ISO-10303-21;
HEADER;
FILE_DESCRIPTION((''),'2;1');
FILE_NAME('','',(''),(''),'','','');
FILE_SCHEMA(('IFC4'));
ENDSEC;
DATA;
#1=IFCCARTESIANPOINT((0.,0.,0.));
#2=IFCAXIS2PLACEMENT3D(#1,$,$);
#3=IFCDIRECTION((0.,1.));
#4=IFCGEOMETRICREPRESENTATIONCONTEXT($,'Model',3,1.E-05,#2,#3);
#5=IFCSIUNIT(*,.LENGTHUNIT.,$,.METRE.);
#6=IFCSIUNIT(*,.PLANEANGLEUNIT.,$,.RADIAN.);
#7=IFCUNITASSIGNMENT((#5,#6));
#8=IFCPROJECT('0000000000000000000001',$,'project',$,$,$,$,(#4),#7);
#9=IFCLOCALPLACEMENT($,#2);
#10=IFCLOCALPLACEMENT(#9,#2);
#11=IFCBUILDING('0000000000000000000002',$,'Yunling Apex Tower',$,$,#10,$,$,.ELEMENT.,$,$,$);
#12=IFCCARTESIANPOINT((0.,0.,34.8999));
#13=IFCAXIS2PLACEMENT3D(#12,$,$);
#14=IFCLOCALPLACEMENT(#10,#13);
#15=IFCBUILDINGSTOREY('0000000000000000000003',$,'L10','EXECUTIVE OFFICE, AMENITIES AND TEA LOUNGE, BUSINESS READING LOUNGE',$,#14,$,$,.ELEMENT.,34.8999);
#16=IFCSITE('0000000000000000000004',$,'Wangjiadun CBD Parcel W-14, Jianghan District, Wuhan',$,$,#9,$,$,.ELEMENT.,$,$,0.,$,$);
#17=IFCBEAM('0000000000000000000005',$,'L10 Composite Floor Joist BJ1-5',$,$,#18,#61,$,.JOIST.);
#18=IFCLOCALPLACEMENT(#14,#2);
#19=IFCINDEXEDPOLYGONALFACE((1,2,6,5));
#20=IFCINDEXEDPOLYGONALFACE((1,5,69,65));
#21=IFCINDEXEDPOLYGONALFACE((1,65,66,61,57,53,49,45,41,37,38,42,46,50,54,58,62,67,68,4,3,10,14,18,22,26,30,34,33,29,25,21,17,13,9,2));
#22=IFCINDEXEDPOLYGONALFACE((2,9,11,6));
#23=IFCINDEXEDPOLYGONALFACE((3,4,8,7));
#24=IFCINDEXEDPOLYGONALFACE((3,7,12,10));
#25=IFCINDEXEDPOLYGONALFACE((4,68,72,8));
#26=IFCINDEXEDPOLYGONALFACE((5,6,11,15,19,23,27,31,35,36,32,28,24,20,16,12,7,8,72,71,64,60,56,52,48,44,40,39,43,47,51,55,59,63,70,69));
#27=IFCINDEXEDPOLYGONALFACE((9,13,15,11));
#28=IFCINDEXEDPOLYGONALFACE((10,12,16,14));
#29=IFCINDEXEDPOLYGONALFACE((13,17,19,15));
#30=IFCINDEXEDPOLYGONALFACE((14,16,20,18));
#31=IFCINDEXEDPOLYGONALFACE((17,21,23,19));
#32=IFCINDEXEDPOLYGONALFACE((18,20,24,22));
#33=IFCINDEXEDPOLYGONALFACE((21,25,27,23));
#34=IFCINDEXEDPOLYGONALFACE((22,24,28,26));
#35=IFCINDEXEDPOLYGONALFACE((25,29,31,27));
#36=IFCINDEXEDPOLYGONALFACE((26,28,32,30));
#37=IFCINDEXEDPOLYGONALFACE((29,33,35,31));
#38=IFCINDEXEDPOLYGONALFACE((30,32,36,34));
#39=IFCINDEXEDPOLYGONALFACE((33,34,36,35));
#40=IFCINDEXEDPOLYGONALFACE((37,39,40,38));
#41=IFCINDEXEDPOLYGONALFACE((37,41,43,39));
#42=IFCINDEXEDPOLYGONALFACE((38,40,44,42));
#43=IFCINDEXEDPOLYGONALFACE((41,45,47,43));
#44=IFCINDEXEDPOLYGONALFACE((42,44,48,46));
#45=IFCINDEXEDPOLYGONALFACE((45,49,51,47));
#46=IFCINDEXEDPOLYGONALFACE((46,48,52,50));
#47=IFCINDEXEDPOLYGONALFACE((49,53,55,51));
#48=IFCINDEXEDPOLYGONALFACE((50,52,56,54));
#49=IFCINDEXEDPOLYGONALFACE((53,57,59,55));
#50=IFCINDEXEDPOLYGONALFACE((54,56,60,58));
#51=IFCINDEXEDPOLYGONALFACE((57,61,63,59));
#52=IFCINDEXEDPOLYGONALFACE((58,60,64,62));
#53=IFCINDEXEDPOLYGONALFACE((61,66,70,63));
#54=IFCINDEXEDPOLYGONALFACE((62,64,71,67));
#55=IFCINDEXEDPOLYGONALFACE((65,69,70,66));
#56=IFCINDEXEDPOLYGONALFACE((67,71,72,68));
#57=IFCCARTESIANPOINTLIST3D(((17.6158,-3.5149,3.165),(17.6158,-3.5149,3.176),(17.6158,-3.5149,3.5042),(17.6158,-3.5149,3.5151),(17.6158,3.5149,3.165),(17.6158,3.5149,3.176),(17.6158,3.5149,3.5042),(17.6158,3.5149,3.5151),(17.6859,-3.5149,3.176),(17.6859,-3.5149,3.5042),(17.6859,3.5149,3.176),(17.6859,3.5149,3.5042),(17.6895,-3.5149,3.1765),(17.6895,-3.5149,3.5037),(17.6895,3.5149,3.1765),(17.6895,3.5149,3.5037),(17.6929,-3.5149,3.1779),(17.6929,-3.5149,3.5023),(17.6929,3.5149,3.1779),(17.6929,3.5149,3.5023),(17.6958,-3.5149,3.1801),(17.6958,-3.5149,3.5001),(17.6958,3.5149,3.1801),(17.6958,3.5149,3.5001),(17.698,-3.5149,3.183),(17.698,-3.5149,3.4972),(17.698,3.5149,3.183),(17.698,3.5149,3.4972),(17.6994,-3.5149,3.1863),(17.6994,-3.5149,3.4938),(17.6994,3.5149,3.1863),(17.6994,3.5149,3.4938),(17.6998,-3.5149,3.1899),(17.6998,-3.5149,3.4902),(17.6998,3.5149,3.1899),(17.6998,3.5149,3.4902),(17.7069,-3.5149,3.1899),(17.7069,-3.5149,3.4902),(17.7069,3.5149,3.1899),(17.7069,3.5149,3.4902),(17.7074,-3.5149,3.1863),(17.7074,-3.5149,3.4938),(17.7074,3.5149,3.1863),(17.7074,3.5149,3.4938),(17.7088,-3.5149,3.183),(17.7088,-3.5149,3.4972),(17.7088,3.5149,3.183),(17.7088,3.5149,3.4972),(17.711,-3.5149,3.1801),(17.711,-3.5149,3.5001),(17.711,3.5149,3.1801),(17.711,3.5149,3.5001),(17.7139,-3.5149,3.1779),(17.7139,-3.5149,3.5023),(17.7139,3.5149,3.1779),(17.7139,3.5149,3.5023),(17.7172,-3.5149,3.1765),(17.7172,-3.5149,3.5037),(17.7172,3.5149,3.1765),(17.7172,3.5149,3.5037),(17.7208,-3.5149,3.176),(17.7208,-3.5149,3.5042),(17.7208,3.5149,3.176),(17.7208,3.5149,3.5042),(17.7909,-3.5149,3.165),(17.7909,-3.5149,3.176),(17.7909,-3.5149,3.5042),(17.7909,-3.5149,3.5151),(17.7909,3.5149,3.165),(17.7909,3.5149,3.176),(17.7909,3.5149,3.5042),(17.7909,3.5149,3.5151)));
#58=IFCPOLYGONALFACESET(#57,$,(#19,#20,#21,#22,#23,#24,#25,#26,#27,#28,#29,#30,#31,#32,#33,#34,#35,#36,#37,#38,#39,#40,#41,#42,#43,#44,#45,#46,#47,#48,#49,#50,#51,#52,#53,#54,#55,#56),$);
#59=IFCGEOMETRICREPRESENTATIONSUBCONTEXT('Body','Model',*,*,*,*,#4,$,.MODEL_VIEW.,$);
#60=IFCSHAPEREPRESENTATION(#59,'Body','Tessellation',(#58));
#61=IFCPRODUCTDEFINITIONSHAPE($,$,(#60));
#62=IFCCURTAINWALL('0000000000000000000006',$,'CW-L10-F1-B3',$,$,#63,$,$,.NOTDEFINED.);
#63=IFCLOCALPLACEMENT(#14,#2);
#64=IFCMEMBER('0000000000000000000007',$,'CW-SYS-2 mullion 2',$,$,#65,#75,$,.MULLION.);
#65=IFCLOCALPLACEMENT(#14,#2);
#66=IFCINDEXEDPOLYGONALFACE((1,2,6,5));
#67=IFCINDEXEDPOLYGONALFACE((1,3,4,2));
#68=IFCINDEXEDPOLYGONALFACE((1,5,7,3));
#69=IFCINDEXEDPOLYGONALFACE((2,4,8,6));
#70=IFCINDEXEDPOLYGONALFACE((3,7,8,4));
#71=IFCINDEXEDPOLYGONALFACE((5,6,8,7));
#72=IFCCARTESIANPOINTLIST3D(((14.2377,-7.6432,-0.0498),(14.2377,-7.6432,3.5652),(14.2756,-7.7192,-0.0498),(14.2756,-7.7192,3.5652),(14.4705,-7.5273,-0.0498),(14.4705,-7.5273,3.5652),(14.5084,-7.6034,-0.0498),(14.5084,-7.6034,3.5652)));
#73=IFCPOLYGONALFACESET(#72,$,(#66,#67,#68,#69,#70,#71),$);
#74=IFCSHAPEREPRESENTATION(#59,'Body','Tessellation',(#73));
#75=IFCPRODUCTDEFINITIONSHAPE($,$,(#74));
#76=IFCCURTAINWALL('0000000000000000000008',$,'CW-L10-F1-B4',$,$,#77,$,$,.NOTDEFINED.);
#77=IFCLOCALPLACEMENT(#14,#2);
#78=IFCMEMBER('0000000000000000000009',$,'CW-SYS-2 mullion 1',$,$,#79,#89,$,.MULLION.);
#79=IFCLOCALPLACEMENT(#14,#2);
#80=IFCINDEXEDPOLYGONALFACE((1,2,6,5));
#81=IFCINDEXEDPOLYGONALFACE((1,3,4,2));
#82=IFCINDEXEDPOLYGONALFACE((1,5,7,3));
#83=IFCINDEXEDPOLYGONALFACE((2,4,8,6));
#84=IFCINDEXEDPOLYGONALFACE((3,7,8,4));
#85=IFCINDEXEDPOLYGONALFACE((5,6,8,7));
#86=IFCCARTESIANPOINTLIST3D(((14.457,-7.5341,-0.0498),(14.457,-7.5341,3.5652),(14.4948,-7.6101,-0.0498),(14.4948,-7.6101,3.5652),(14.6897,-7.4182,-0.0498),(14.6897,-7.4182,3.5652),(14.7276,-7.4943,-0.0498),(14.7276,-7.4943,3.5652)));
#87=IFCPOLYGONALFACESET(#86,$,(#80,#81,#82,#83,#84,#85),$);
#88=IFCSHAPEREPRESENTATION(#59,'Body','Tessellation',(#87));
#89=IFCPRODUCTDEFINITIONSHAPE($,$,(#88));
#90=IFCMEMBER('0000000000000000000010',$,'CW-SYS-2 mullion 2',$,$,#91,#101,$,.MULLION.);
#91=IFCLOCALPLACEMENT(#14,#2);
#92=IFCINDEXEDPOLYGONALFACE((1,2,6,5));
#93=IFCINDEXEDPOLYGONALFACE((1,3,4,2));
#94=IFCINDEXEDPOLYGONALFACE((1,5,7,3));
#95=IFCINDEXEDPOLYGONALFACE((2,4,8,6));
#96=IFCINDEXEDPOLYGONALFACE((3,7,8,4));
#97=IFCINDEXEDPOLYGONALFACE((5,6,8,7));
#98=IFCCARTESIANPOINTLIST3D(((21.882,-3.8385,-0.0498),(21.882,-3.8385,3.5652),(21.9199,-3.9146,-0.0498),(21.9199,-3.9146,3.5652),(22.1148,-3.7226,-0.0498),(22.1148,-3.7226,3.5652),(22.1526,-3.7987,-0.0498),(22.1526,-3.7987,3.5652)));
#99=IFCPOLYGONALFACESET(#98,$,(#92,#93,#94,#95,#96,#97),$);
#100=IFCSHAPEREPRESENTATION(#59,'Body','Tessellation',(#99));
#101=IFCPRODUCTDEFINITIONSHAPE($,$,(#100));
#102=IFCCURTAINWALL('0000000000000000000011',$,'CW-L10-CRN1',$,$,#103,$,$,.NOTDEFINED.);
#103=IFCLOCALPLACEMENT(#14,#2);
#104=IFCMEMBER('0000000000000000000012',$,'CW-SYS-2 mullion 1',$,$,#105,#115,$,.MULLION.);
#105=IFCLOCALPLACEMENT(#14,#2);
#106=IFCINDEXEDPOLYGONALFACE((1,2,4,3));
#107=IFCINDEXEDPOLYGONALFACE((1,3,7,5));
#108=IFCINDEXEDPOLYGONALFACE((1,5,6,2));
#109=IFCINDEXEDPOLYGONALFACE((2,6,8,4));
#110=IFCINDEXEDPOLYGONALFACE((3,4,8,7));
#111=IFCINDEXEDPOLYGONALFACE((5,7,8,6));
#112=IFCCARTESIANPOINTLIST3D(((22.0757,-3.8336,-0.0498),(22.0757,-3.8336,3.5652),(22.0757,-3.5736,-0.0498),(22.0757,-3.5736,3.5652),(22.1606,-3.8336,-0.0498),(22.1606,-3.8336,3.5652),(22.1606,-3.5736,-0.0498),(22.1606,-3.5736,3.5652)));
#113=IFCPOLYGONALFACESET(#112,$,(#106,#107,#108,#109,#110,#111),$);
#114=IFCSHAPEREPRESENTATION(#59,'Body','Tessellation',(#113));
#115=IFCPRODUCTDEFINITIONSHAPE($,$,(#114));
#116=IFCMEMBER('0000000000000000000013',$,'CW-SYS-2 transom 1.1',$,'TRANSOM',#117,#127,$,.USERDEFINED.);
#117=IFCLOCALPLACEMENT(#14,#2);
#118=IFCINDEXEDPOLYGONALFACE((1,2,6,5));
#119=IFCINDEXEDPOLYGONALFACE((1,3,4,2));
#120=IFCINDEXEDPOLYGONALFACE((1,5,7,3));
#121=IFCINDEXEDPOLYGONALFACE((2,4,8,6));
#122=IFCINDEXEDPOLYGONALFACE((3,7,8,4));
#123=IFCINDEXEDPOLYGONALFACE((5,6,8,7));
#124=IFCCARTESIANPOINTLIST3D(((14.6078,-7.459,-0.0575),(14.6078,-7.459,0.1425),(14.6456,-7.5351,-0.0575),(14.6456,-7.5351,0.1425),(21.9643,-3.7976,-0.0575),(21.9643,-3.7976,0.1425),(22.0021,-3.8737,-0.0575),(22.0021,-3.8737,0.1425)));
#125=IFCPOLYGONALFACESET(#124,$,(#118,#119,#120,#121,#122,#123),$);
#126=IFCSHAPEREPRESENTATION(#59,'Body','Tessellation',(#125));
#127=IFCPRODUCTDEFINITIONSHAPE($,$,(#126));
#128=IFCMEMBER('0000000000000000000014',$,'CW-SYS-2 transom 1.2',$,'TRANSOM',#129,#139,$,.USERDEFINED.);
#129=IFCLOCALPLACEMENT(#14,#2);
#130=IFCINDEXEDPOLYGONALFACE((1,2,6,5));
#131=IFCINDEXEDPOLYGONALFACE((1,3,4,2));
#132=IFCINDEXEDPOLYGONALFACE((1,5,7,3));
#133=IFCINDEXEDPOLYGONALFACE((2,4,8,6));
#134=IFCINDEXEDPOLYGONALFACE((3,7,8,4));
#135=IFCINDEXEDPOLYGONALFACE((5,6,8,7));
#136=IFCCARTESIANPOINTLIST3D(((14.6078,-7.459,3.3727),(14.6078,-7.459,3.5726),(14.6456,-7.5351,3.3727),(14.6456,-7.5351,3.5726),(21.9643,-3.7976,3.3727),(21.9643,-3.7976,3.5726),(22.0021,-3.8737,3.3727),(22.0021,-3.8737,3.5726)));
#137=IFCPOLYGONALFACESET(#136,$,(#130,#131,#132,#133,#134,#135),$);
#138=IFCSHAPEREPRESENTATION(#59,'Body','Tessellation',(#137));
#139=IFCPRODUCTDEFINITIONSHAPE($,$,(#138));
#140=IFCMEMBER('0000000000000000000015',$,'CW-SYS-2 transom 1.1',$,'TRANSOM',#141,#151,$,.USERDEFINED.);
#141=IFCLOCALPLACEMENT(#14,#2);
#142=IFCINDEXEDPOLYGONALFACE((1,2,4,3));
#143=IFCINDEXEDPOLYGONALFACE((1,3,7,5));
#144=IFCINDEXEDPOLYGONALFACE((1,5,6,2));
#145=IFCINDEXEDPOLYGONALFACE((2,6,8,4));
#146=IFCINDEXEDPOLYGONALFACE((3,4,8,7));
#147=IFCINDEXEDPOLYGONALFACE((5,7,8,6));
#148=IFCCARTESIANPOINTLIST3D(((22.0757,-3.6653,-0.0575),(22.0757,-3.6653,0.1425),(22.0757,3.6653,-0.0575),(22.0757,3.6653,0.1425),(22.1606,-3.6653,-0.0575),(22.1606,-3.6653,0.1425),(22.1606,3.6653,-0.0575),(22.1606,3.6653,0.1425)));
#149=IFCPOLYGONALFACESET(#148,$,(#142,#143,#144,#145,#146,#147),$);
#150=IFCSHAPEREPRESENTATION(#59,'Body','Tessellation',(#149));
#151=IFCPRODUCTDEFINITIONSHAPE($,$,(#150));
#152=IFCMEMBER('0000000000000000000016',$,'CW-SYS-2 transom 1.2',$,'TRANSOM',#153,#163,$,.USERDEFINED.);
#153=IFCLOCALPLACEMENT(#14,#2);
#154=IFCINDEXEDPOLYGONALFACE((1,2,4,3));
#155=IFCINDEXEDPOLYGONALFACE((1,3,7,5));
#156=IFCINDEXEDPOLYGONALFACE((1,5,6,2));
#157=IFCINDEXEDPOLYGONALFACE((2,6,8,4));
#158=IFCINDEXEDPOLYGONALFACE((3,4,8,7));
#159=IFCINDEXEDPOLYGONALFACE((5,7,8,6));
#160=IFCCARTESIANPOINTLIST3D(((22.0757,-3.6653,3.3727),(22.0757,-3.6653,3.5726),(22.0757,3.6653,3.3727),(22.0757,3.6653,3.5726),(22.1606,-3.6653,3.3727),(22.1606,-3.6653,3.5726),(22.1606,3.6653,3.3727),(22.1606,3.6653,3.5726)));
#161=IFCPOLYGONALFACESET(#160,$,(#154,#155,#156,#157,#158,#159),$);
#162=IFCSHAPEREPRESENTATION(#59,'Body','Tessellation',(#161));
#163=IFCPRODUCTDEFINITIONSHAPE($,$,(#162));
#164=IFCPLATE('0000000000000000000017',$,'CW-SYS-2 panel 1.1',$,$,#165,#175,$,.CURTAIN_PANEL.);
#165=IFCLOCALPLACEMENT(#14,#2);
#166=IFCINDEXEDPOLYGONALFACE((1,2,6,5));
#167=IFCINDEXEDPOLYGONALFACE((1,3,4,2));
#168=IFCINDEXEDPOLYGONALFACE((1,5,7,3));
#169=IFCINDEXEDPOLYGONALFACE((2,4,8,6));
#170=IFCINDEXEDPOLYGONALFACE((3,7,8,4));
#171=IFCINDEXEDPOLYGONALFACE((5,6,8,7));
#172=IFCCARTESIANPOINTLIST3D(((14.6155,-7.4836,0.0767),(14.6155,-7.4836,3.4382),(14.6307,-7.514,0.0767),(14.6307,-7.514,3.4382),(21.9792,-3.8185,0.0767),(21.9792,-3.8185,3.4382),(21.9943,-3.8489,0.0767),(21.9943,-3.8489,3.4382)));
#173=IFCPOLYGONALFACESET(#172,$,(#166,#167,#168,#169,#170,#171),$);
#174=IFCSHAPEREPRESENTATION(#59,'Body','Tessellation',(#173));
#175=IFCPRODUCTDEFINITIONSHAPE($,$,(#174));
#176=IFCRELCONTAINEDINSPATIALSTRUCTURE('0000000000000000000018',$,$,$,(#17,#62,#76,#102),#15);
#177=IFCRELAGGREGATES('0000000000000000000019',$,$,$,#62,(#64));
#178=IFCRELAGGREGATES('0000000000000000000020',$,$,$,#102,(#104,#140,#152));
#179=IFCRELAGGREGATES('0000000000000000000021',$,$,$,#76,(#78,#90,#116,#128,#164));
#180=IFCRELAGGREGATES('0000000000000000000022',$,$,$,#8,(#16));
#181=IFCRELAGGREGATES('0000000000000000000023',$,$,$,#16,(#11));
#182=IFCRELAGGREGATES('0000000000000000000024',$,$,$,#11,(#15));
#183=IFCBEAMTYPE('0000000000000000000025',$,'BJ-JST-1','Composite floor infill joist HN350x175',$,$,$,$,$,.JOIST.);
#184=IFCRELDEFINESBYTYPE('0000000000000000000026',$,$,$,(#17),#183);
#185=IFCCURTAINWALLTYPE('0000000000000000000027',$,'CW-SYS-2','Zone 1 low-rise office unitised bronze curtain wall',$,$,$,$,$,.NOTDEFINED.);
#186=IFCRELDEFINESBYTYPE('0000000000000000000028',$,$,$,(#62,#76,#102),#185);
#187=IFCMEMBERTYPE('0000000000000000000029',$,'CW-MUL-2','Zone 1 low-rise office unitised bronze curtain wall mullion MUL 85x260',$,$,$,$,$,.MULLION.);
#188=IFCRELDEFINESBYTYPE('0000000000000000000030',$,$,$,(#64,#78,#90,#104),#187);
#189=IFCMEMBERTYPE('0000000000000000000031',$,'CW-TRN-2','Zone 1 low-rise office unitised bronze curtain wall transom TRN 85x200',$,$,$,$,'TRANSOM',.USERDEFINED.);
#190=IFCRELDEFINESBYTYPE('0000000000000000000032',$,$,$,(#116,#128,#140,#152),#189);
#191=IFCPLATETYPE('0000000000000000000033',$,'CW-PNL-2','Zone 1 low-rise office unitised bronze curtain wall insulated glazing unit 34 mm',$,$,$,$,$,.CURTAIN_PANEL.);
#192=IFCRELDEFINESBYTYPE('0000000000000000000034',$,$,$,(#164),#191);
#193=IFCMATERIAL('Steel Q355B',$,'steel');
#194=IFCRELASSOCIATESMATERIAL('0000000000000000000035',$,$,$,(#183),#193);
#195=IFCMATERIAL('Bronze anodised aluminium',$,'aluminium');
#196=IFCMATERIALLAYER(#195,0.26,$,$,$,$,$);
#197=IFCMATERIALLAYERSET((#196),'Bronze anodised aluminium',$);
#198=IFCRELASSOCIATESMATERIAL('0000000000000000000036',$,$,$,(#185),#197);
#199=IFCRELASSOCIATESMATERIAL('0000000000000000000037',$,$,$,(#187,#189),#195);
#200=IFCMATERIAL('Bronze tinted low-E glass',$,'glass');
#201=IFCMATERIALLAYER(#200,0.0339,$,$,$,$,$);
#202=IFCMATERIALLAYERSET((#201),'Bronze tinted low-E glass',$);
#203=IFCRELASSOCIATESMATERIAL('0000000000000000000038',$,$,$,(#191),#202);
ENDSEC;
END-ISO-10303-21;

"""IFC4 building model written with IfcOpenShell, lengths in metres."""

from ifc_helpers import new_model, si_unit, direction, frame, origin, origin_2d, place, context, subcontext, project, spatial, rectangle, i_section, extrude, source, transform, mapped, material, layer, layer_set, material_profile, profile_set, type_object, element, aggregate, save


model = new_model("IFC4")

# Units and contexts
model_context = context("Model", 3, precision=1e-05, world=origin(), true_north=direction((0.0, 1.0)))
body_context = subcontext(model_context, "Body", "Model", "MODEL_VIEW")
ifc_project = project(units=[si_unit("LENGTHUNIT", "METRE"), si_unit("PLANEANGLEUNIT", "RADIAN")], contexts=[model_context])

# Site, building, storey
site_placement = place(None, origin())
site = spatial("IfcSite", under=ifc_project, at=site_placement, Name="Wangjiadun CBD Parcel W-14, Jianghan District, Wuhan", CompositionType="ELEMENT", RefElevation=0.0)
building_placement = place(site_placement, origin())
building = spatial("IfcBuilding", under=site, at=building_placement, Name="Yunling Apex Tower", CompositionType="ELEMENT")
storey_placement = place(building_placement, frame((0.0, 0.0, 34.8999)))
storey = spatial("IfcBuildingStorey", under=building, at=storey_placement, Name="L10", Description="EXECUTIVE OFFICE, AMENITIES AND TEA LOUNGE, BUSINESS READING LOUNGE", CompositionType="ELEMENT", Elevation=34.8999)

# Beam
ifc_material_1 = material(Name="Steel Q355B", Category="steel")
ifc_material_profile_1 = material_profile(ifc_material_1, i_section(OverallWidth=0.175, OverallDepth=0.3501, WebThickness=0.0071, FlangeThickness=0.011, FilletRadius=0.0139, at=origin_2d()))
ifc_profile_set_1 = profile_set([ifc_material_profile_1], Name="Steel Q355B")
beam_type_1 = type_object("IfcBeamType", Name="BJ-JST-1", Description="Composite floor infill joist HN350x175", PredefinedType="JOIST", material=ifc_profile_set_1)
shared_shape_1 = source(origin(), body_context, "Body", "SweptSolid", [
    extrude(i_section(OverallWidth=0.175, OverallDepth=0.3501, WebThickness=0.0071, FlangeThickness=0.011, FilletRadius=0.0139, at=origin_2d()), origin(), (0.0, 0.0, 1.0), 7.0298),
])
beam_1_placement = place(storey_placement, frame((17.7034, -3.5149, 3.3401), z_axis=(0.0, 1.0, 0.0), x_axis=(-1.0, 0.0, 0.0)))
element("IfcBeam", 1, at=beam_1_placement, inside=storey, type_object=beam_type_1, Name="L10 Composite Floor Joist BJ1-5", PredefinedType="JOIST", context=body_context, shape_type="MappedRepresentation", body=[
    mapped(shared_shape_1, transform((0.0, 0.0, 0.0), scale=1.0)),
])

# Curtain wall, member
ifc_material_2 = material(Name="Bronze anodised aluminium", Category="aluminium")
ifc_layer_1 = layer(ifc_material_2, 0.26)
ifc_layer_set_1 = layer_set([ifc_layer_1], Name="Bronze anodised aluminium")
curtain_wall_type = type_object("IfcCurtainWallType", Name="CW-SYS-2", Description="Zone 1 low-rise office unitised bronze curtain wall", PredefinedType="NOTDEFINED", material=ifc_layer_set_1)
curtain_wall_1_placement = place(storey_placement, origin())
curtain_wall_1 = element("IfcCurtainWall", 2, at=curtain_wall_1_placement, inside=storey, type_object=curtain_wall_type, Name="CW-L10-F1-B3", PredefinedType="NOTDEFINED")
ifc_material_profile_2 = material_profile(ifc_material_2, rectangle(XDim=0.085, YDim=0.26, at=origin_2d()))
ifc_profile_set_2 = profile_set([ifc_material_profile_2], Name="Bronze anodised aluminium")
member_type_1 = type_object("IfcMemberType", Name="CW-MUL-2", Description="Zone 1 low-rise office unitised bronze curtain wall mullion MUL 85x260", PredefinedType="MULLION", material=ifc_profile_set_2)
shared_shape_2 = source(origin(), body_context, "Body", "SweptSolid", [
    extrude(rectangle(XDim=0.085, YDim=0.26, at=origin_2d()), origin(), (0.0, 0.0, 1.0), 3.615),
])
member_1_placement = place(storey_placement, frame((14.373, -7.6233, -0.0498), z_axis=(0.0, 0.0, 1.0), x_axis=(-0.445571, 0.895247, 0.0)))
member_1 = element("IfcMember", 3, at=member_1_placement, type_object=member_type_1, Name="CW-SYS-2 mullion 2", PredefinedType="MULLION", context=body_context, shape_type="MappedRepresentation", body=[
    mapped(shared_shape_2, transform((0.0, 0.0, 0.0), scale=1.0)),
])
aggregate(curtain_wall_1, [member_1])

# Curtain wall, members
curtain_wall_2_placement = place(storey_placement, origin())
curtain_wall_2 = element("IfcCurtainWall", 4, at=curtain_wall_2_placement, inside=storey, type_object=curtain_wall_type, Name="CW-L10-F1-B4", PredefinedType="NOTDEFINED")
member_2_placement = place(storey_placement, frame((14.5923, -7.5142, -0.0498), z_axis=(0.0, 0.0, 1.0), x_axis=(-0.44558, 0.895242, 0.0)))
member_2 = element("IfcMember", 5, at=member_2_placement, type_object=member_type_1, Name="CW-SYS-2 mullion 1", PredefinedType="MULLION", context=body_context, shape_type="MappedRepresentation", body=[
    mapped(shared_shape_2, transform((0.0, 0.0, 0.0), scale=1.0)),
])
member_3_placement = place(storey_placement, frame((22.0173, -3.8186, -0.0498), z_axis=(0.0, 0.0, 1.0), x_axis=(-0.44558, 0.895242, 0.0)))
member_3 = element("IfcMember", 6, at=member_3_placement, type_object=member_type_1, Name="CW-SYS-2 mullion 2", PredefinedType="MULLION", context=body_context, shape_type="MappedRepresentation", body=[
    mapped(shared_shape_2, transform((0.0, 0.0, 0.0), scale=1.0)),
])

# Curtain wall, member
curtain_wall_3_placement = place(storey_placement, origin())
curtain_wall_3 = element("IfcCurtainWall", 7, at=curtain_wall_3_placement, inside=storey, type_object=curtain_wall_type, Name="CW-L10-CRN1", PredefinedType="NOTDEFINED")
member_4_placement = place(storey_placement, frame((22.1182, -3.7036, -0.0498), z_axis=(0.0, 0.0, 1.0), x_axis=(-1.0, 0.0, 0.0)))
member_4 = element("IfcMember", 8, at=member_4_placement, type_object=member_type_1, Name="CW-SYS-2 mullion 1", PredefinedType="MULLION", context=body_context, shape_type="MappedRepresentation", body=[
    mapped(shared_shape_2, transform((0.0, 0.0, 0.0), scale=1.0)),
])

# Members
ifc_material_profile_3 = material_profile(ifc_material_2, rectangle(XDim=0.085, YDim=0.2, at=origin_2d()))
ifc_profile_set_3 = profile_set([ifc_material_profile_3], Name="Bronze anodised aluminium")
member_type_2 = type_object("IfcMemberType", Name="CW-TRN-2", Description="Zone 1 low-rise office unitised bronze curtain wall transom TRN 85x200", ElementType="TRANSOM", PredefinedType="USERDEFINED", material=ifc_profile_set_3)
shared_shape_3 = source(origin(), body_context, "Body", "SweptSolid", [
    extrude(rectangle(XDim=0.085, YDim=0.2, at=origin_2d()), origin(), (0.0, 0.0, 1.0), 8.2173),
])
member_5_placement = place(storey_placement, frame((14.6267, -7.4971, 0.0425), z_axis=(0.895246, 0.445573, 0.0), x_axis=(-0.445573, 0.895246, 0.0)))
member_5 = element("IfcMember", 9, at=member_5_placement, type_object=member_type_2, Name="CW-SYS-2 transom 1.1", ObjectType="TRANSOM", PredefinedType="USERDEFINED", context=body_context, shape_type="MappedRepresentation", body=[
    mapped(shared_shape_3, transform((0.0, 0.0, 0.0), scale=1.0)),
])
member_6_placement = place(storey_placement, frame((14.6267, -7.4971, 3.4727), z_axis=(0.895246, 0.445573, 0.0), x_axis=(-0.445573, 0.895246, 0.0)))
member_6 = element("IfcMember", 10, at=member_6_placement, type_object=member_type_2, Name="CW-SYS-2 transom 1.2", ObjectType="TRANSOM", PredefinedType="USERDEFINED", context=body_context, shape_type="MappedRepresentation", body=[
    mapped(shared_shape_3, transform((0.0, 0.0, 0.0), scale=1.0)),
])
shared_shape_4 = source(origin(), body_context, "Body", "SweptSolid", [
    extrude(rectangle(XDim=0.085, YDim=0.2, at=origin_2d()), origin(), (0.0, 0.0, 1.0), 7.3306),
])
member_7_placement = place(storey_placement, frame((22.1182, -3.6653, 0.0425), z_axis=(0.0, 1.0, 0.0), x_axis=(-1.0, 0.0, 0.0)))
member_7 = element("IfcMember", 11, at=member_7_placement, type_object=member_type_2, Name="CW-SYS-2 transom 1.1", ObjectType="TRANSOM", PredefinedType="USERDEFINED", context=body_context, shape_type="MappedRepresentation", body=[
    mapped(shared_shape_4, transform((0.0, 0.0, 0.0), scale=1.0)),
])
member_8_placement = place(storey_placement, frame((22.1182, -3.6653, 3.4727), z_axis=(0.0, 1.0, 0.0), x_axis=(-1.0, 0.0, 0.0)))
member_8 = element("IfcMember", 12, at=member_8_placement, type_object=member_type_2, Name="CW-SYS-2 transom 1.2", ObjectType="TRANSOM", PredefinedType="USERDEFINED", context=body_context, shape_type="MappedRepresentation", body=[
    mapped(shared_shape_4, transform((0.0, 0.0, 0.0), scale=1.0)),
])
aggregate(curtain_wall_3, [member_4, member_7, member_8])

# Plate
ifc_material_3 = material(Name="Bronze tinted low-E glass", Category="glass")
ifc_layer_2 = layer(ifc_material_3, 0.0339)
ifc_layer_set_2 = layer_set([ifc_layer_2], Name="Bronze tinted low-E glass")
plate_type = type_object("IfcPlateType", Name="CW-PNL-2", Description="Zone 1 low-rise office unitised bronze curtain wall insulated glazing unit 34 mm", PredefinedType="CURTAIN_PANEL", material=ifc_layer_set_2)
shared_shape_5 = source(origin(), body_context, "Body", "SweptSolid", [
    extrude(rectangle(XDim=8.2253, YDim=0.0339, at=origin_2d()), origin(), (0.0, 0.0, 1.0), 3.3616),
])
plate_placement = place(storey_placement, frame((18.3049, -5.6663, 0.0767), z_axis=(0.0, 0.0, 1.0), x_axis=(0.895242, 0.44558, 0.0)))
plate = element("IfcPlate", 13, at=plate_placement, type_object=plate_type, Name="CW-SYS-2 panel 1.1", PredefinedType="CURTAIN_PANEL", context=body_context, shape_type="MappedRepresentation", body=[
    mapped(shared_shape_5, transform((0.0, 0.0, 0.0), scale=1.0)),
])
aggregate(curtain_wall_2, [member_2, member_3, member_5, member_6, plate])

save(model, "model.ifc")
